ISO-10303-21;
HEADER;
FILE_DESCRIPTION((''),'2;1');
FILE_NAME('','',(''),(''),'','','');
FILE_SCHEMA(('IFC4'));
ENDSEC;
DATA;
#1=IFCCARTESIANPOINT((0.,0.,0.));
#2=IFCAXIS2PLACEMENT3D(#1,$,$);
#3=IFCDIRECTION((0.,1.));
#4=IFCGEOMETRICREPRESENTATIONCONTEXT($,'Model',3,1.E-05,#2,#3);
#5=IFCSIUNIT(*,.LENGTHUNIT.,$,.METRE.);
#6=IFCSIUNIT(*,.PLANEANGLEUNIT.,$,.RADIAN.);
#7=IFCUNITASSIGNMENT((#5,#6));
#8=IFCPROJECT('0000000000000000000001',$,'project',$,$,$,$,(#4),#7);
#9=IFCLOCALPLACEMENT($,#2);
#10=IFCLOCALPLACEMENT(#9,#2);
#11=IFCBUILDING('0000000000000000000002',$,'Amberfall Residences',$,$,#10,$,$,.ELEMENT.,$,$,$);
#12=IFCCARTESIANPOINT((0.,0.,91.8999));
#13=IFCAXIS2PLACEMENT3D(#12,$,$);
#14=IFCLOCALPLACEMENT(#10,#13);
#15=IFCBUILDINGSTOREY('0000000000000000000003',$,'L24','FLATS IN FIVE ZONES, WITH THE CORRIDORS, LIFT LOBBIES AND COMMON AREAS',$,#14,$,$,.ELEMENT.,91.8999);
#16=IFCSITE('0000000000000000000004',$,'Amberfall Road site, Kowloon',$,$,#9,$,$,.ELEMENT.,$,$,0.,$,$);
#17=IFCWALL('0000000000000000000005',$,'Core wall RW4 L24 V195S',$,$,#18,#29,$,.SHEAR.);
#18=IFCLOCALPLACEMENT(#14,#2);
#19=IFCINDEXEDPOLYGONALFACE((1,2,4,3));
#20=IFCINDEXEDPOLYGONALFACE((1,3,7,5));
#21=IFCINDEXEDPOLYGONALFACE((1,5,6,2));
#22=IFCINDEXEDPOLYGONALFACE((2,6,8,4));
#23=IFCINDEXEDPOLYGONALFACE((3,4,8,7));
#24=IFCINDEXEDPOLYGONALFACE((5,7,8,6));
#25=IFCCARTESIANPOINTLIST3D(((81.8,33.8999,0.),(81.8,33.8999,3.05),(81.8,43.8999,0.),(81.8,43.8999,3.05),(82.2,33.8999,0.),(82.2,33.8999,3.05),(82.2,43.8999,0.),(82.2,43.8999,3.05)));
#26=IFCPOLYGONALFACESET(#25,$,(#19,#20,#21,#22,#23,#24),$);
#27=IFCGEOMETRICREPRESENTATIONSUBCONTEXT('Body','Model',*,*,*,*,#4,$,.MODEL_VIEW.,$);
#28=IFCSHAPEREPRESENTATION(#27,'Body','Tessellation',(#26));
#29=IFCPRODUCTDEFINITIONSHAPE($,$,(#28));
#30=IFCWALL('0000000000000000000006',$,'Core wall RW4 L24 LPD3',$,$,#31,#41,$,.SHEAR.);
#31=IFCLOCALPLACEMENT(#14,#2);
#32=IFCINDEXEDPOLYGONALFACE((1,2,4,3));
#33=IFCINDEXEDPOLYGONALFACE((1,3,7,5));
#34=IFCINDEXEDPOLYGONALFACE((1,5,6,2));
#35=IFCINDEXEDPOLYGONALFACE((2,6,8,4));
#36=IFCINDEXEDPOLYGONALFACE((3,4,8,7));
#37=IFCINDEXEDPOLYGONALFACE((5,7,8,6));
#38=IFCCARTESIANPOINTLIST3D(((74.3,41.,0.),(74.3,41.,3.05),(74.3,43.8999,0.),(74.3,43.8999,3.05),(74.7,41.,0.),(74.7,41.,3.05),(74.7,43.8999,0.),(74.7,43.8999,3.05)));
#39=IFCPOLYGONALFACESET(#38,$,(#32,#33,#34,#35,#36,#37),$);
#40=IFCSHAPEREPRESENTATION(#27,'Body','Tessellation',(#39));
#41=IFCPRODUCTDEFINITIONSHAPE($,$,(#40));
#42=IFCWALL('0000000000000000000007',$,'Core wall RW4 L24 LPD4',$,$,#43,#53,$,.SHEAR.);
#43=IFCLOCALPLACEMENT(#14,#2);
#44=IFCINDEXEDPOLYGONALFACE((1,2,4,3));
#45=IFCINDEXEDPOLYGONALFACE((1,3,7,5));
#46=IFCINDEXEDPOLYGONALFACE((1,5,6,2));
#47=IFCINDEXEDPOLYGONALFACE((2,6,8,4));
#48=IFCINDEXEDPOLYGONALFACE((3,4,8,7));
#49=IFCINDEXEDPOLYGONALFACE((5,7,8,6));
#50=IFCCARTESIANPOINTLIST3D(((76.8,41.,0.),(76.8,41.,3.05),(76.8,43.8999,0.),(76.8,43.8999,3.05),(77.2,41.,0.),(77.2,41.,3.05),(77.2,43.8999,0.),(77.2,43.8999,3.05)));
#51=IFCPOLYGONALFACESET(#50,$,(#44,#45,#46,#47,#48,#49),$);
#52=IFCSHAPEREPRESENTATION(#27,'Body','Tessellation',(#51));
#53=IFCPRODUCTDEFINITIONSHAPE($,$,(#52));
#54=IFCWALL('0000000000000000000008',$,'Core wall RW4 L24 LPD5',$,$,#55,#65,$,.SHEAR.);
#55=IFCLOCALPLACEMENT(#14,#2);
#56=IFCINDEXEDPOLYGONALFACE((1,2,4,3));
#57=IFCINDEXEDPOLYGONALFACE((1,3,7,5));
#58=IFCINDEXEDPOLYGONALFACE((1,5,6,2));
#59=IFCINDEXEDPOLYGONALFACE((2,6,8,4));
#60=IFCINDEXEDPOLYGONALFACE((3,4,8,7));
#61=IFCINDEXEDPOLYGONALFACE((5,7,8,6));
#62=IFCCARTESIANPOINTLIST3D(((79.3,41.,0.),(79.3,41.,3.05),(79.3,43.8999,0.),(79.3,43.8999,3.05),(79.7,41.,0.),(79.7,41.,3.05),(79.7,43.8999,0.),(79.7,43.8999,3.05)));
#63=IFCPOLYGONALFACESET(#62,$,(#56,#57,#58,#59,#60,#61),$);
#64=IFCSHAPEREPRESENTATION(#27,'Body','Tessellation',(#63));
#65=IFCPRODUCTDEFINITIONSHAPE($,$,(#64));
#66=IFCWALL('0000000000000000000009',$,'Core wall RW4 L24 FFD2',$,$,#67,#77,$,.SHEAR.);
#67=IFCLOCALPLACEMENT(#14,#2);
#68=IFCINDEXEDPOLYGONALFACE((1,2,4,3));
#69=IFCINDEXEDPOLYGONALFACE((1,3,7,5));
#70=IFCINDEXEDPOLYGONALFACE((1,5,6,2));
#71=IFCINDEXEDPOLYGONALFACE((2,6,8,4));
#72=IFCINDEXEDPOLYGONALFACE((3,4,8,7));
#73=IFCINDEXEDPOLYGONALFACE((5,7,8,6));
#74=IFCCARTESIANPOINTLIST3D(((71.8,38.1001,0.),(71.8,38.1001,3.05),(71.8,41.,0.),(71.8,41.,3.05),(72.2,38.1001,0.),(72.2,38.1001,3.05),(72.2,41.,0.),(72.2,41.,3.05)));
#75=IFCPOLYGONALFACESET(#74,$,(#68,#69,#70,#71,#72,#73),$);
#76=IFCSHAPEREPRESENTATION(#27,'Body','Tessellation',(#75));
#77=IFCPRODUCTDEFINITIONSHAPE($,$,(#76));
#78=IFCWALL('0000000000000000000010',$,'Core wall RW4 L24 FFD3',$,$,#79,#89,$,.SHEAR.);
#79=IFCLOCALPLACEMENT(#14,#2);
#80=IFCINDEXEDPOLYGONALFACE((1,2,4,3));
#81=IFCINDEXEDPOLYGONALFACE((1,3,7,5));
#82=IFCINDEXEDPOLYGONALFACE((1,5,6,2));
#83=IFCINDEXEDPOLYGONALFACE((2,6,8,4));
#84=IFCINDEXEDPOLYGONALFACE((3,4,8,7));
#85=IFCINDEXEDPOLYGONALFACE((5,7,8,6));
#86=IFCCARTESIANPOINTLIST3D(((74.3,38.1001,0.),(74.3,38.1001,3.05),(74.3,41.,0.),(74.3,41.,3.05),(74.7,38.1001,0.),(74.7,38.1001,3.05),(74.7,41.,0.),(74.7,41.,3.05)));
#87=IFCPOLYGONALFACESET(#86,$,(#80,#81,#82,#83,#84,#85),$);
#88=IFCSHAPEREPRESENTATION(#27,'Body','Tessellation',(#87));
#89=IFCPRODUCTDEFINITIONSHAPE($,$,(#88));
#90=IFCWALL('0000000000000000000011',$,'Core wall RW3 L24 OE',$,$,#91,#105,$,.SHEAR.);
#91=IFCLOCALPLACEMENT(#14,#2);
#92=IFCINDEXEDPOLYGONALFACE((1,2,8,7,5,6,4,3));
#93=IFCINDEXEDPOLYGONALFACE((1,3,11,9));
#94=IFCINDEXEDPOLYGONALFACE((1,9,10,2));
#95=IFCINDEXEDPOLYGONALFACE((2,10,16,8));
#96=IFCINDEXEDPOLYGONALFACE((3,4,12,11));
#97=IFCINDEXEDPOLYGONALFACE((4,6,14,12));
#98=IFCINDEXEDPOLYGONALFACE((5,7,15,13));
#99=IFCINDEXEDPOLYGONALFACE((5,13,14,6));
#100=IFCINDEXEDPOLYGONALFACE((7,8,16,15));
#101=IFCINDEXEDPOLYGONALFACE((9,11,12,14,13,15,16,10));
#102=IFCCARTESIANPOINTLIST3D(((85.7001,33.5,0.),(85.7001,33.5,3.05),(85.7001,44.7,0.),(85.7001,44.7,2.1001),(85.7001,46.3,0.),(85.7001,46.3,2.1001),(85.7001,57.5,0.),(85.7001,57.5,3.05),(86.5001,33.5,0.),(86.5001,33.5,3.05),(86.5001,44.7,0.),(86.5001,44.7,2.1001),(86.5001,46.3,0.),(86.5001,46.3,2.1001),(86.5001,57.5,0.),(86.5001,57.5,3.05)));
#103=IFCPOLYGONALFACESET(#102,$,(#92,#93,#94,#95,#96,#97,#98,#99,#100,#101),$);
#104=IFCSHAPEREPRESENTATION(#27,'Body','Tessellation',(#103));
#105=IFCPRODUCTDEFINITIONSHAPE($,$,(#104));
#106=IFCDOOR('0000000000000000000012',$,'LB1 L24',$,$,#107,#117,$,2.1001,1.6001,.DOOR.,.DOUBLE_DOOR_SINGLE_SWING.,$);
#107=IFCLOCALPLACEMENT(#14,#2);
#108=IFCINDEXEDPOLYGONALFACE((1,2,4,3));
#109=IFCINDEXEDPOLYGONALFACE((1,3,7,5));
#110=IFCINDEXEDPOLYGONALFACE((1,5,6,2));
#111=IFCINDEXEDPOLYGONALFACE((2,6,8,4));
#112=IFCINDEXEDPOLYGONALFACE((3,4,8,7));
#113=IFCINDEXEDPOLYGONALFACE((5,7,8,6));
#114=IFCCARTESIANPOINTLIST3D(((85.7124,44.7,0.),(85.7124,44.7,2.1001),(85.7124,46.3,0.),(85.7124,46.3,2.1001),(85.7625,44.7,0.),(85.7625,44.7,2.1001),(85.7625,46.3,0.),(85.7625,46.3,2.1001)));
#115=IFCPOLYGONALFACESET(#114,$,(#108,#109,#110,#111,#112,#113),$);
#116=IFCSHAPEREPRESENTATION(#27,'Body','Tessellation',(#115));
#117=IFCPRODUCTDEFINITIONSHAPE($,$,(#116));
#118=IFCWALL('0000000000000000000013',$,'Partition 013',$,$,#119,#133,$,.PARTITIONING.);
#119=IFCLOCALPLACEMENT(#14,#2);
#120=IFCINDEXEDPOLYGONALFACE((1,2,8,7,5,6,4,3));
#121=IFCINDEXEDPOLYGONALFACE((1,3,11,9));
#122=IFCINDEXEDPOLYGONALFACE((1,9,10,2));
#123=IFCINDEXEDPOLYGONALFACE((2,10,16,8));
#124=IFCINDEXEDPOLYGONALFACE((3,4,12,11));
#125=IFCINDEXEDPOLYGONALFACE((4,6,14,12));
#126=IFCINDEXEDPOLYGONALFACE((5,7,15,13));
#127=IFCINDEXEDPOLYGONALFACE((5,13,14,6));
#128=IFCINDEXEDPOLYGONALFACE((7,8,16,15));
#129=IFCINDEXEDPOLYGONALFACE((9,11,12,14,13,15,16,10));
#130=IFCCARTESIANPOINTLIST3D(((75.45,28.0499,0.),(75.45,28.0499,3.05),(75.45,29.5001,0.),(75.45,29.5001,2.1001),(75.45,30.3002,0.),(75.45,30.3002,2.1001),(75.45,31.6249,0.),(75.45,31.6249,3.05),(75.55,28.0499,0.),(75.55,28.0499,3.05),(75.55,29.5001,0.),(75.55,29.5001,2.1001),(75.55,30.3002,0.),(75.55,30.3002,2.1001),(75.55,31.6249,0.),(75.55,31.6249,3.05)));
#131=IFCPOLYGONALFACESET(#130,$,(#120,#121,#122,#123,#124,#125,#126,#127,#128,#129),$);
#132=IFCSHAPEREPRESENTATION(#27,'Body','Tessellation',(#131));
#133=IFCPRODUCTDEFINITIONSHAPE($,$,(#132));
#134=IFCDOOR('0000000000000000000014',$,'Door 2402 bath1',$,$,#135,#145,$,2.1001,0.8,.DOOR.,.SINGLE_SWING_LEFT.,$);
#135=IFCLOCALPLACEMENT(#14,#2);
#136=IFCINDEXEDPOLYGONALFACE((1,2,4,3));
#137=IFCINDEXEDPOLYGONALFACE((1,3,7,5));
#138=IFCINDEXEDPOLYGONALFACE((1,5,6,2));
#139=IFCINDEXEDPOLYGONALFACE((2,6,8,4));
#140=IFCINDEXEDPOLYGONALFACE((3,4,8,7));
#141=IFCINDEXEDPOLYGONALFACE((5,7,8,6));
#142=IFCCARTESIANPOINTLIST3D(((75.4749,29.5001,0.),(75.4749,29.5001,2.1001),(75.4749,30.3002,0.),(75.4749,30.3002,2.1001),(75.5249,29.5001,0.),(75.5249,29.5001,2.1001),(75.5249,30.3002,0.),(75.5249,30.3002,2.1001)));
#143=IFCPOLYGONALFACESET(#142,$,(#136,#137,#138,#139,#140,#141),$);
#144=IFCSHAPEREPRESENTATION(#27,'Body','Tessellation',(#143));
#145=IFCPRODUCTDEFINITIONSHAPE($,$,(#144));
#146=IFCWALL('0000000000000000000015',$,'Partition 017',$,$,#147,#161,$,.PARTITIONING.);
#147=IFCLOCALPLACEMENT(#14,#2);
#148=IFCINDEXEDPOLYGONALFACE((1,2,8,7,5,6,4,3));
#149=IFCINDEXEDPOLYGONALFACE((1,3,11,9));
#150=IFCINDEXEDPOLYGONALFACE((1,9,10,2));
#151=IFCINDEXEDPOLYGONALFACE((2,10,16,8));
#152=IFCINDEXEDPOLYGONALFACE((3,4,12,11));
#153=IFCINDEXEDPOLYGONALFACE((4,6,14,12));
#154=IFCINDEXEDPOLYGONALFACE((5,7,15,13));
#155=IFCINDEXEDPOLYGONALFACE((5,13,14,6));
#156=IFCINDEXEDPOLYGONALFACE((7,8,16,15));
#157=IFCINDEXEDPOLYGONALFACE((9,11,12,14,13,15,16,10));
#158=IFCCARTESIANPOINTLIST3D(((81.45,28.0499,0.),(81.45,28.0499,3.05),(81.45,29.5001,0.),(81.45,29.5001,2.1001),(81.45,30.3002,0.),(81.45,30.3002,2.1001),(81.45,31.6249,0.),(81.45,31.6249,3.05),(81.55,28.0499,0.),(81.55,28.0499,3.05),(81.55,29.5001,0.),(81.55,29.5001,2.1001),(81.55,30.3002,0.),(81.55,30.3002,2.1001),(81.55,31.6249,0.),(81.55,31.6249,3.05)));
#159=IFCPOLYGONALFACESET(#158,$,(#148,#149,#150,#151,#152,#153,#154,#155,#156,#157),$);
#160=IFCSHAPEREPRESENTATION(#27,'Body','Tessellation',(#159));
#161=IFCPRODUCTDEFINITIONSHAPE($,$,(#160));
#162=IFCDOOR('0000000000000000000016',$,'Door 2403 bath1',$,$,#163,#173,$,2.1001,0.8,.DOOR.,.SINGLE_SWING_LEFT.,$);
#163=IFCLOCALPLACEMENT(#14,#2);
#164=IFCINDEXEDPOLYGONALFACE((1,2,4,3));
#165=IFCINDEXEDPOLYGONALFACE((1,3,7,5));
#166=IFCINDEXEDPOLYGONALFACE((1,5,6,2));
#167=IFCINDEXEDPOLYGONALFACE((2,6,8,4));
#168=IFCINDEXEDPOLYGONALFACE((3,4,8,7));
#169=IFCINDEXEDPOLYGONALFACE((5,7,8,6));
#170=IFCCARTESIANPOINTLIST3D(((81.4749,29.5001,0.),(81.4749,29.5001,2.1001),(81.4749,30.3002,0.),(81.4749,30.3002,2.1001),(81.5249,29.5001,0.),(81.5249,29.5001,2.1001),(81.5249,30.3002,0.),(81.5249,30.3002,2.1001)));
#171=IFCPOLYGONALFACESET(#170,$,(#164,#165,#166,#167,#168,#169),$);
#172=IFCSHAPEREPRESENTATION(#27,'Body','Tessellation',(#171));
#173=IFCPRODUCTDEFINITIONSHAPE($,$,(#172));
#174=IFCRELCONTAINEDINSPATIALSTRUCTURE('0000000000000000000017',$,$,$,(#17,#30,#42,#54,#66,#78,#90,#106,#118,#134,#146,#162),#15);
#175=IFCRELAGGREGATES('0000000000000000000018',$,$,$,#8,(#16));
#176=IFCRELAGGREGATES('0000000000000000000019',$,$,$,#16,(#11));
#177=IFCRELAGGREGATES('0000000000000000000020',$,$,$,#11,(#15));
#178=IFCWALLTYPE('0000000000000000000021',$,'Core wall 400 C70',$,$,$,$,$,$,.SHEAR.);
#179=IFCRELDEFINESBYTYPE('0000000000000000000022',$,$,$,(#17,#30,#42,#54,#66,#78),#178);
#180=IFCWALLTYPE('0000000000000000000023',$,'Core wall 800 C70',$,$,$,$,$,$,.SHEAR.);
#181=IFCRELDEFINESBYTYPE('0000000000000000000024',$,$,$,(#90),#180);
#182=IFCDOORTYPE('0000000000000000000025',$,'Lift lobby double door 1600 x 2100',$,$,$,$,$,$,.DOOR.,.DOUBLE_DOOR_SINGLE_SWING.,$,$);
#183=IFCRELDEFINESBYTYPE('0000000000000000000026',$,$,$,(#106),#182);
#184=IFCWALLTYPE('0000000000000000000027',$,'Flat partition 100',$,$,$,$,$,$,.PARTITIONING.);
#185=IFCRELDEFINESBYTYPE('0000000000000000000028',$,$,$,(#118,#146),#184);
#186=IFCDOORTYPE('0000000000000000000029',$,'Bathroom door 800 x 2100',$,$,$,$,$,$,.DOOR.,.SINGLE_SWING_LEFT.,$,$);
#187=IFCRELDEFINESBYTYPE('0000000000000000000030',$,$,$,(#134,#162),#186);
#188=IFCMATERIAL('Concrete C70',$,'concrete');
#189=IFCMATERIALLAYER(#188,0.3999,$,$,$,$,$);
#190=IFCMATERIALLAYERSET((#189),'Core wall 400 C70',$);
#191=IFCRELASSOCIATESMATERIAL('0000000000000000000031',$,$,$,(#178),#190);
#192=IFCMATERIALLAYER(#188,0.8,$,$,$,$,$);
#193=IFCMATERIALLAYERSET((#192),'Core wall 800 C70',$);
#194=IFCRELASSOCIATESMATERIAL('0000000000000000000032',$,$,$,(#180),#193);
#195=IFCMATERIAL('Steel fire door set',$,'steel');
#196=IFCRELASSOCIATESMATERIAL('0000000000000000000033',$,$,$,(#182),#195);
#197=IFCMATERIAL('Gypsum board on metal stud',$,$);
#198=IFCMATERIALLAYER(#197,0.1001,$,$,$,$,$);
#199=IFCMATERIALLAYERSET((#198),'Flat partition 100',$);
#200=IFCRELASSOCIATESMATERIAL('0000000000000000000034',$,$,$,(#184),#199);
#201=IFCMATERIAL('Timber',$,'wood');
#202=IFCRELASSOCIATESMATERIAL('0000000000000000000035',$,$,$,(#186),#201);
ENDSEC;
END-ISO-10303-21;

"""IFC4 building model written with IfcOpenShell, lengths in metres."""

from ifc_helpers import new_model, si_unit, direction, frame, frame_2d, origin, place, context, subcontext, project, spatial, rectangle, extrude, material, layer, layer_set, type_object, element, fill, save


model = new_model("IFC4")

# Units and contexts
model_context = context("Model", 3, precision=1e-05, world=origin(), true_north=direction((0.0, 1.0)))
body_context = subcontext(model_context, "Body", "Model", "MODEL_VIEW")
ifc_project = project(units=[si_unit("LENGTHUNIT", "METRE"), si_unit("PLANEANGLEUNIT", "RADIAN")], contexts=[model_context])

# Site, building, storey
site_placement = place(None, origin())
site = spatial("IfcSite", under=ifc_project, at=site_placement, Name="Amberfall Road site, Kowloon", CompositionType="ELEMENT", RefElevation=0.0)
building_placement = place(site_placement, origin())
building = spatial("IfcBuilding", under=site, at=building_placement, Name="Amberfall Residences", CompositionType="ELEMENT")
storey_placement = place(building_placement, frame((0.0, 0.0, 91.8999)))
storey = spatial("IfcBuildingStorey", under=building, at=storey_placement, Name="L24", Description="FLATS IN FIVE ZONES, WITH THE CORRIDORS, LIFT LOBBIES AND COMMON AREAS", CompositionType="ELEMENT", Elevation=91.8999)

# Walls
ifc_material_1 = material(Name="Concrete C70", Category="concrete")
ifc_layer_1 = layer(ifc_material_1, 0.3999)
ifc_layer_set_1 = layer_set([ifc_layer_1], Name="Core wall 400 C70")
wall_type_1 = type_object("IfcWallType", Name="Core wall 400 C70", PredefinedType="SHEAR", material=ifc_layer_set_1)
wall_1_placement = place(storey_placement, frame((82.0, 33.8999, 0.0), z_axis=(0.0, 0.0, 1.0), x_axis=(0.0, 1.0, 0.0)))
element("IfcWall", 1, at=wall_1_placement, inside=storey, type_object=wall_type_1, Name="Core wall RW4 L24 V195S", PredefinedType="SHEAR", context=body_context, shape_type="SweptSolid", body=[
    extrude(rectangle(XDim=10.0, YDim=0.3999, at=frame_2d((5.0, 0.0))), origin(), (0.0, 0.0, 1.0), 3.05),
])
for number, where, z_axis, x_axis, name in (
    (2, (74.5, 41.0, 0.0), (0.0, 0.0, 1.0), (0.0, 1.0, 0.0), "Core wall RW4 L24 LPD3"),
    (3, (77.0, 41.0, 0.0), (0.0, 0.0, 1.0), (0.0, 1.0, 0.0), "Core wall RW4 L24 LPD4"),
    (4, (79.5, 41.0, 0.0), (0.0, 0.0, 1.0), (0.0, 1.0, 0.0), "Core wall RW4 L24 LPD5"),
    (5, (72.0, 38.1001, 0.0), (0.0, 0.0, 1.0), (0.0, 1.0, 0.0), "Core wall RW4 L24 FFD2"),
    (6, (74.5, 38.1001, 0.0), (0.0, 0.0, 1.0), (0.0, 1.0, 0.0), "Core wall RW4 L24 FFD3"),
):
    element("IfcWall", number, at=place(storey_placement, frame(where, z_axis=z_axis, x_axis=x_axis)), inside=storey, type_object=wall_type_1, Name=name, PredefinedType="SHEAR", context=body_context, shape_type="SweptSolid", body=[
        extrude(rectangle(XDim=2.8999, YDim=0.3999, at=frame_2d((1.45, 0.0))), origin(), (0.0, 0.0, 1.0), 3.05),
    ])

# Walls, openings, doors
ifc_layer_2 = layer(ifc_material_1, 0.8)
ifc_layer_set_2 = layer_set([ifc_layer_2], Name="Core wall 800 C70")
wall_type_2 = type_object("IfcWallType", Name="Core wall 800 C70", PredefinedType="SHEAR", material=ifc_layer_set_2)
wall_2_placement = place(storey_placement, frame((86.1001, 33.5, 0.0), z_axis=(0.0, 0.0, 1.0), x_axis=(0.0, 1.0, 0.0)))
wall_2 = element("IfcWall", 7, at=wall_2_placement, inside=storey, type_object=wall_type_2, Name="Core wall RW3 L24 OE", PredefinedType="SHEAR", context=body_context, shape_type="SweptSolid", body=[
    extrude(rectangle(XDim=24.0, YDim=0.8, at=frame_2d((12.0, 0.0))), origin(), (0.0, 0.0, 1.0), 3.05),
])
opening_1_placement = place(wall_2_placement, frame((11.2, 0.0, 0.0)))
opening_1 = element("IfcOpeningElement", 8, at=opening_1_placement, cuts=wall_2, PredefinedType="OPENING", context=body_context, shape_type="SweptSolid", body=[
    extrude(rectangle(XDim=1.6001, YDim=2.1001, at=frame_2d((0.8, 1.05))), frame((0.0, 0.4099, 0.0), z_axis=(0.0, -1.0, 0.0), x_axis=(1.0, 0.0, 0.0)), (0.0, 0.0, 1.0), 0.8201),
])
ifc_material_2 = material(Name="Steel fire door set", Category="steel")
door_type_1 = type_object("IfcDoorType", Name="Lift lobby double door 1600 x 2100", OperationType="DOUBLE_DOOR_SINGLE_SWING", PredefinedType="DOOR", material=ifc_material_2)
door_1_placement = place(opening_1_placement, origin())
door_1 = element("IfcDoor", 9, at=door_1_placement, inside=storey, type_object=door_type_1, Name="LB1 L24", OperationType="DOUBLE_DOOR_SINGLE_SWING", OverallHeight=2.1001, OverallWidth=1.6001, PredefinedType="DOOR", context=body_context, shape_type="SweptSolid", body=[
    extrude(rectangle(XDim=1.6001, YDim=2.1001, at=frame_2d((0.8, 1.05))), frame((0.0, 0.3877, 0.0), z_axis=(0.0, -1.0, 0.0), x_axis=(1.0, 0.0, 0.0)), (0.0, 0.0, 1.0), 0.05),
])
fill(opening_1, door_1)
ifc_material_3 = material(Name="Gypsum board on metal stud")
ifc_layer_3 = layer(ifc_material_3, 0.1001)
ifc_layer_set_3 = layer_set([ifc_layer_3], Name="Flat partition 100")
wall_type_3 = type_object("IfcWallType", Name="Flat partition 100", PredefinedType="PARTITIONING", material=ifc_layer_set_3)
wall_3_placement = place(storey_placement, frame((75.5, 31.625, 0.0), z_axis=(0.0, 0.0, 1.0), x_axis=(0.0, -1.0, 0.0)))
wall_3 = element("IfcWall", 10, at=wall_3_placement, inside=storey, type_object=wall_type_3, Name="Partition 013", PredefinedType="PARTITIONING", context=body_context, shape_type="SweptSolid", body=[
    extrude(rectangle(XDim=3.575, YDim=0.1001, at=frame_2d((1.7876, 0.0))), origin(), (0.0, 0.0, 1.0), 3.05),
])
opening_2_placement = place(wall_3_placement, frame((1.325, 0.0, 0.0)))
opening_2 = element("IfcOpeningElement", 11, at=opening_2_placement, cuts=wall_3, PredefinedType="OPENING", context=body_context, shape_type="SweptSolid", body=[
    extrude(rectangle(XDim=0.8, YDim=2.1001, at=frame_2d((0.3999, 1.05))), frame((0.0, 0.0601, 0.0), z_axis=(0.0, -1.0, 0.0), x_axis=(1.0, 0.0, 0.0)), (0.0, 0.0, 1.0), 0.1201),
])
ifc_material_4 = material(Name="Timber", Category="wood")
door_type_2 = type_object("IfcDoorType", Name="Bathroom door 800 x 2100", OperationType="SINGLE_SWING_LEFT", PredefinedType="DOOR", material=ifc_material_4)
door_2_placement = place(opening_2_placement, origin())
door_2 = element("IfcDoor", 12, at=door_2_placement, inside=storey, type_object=door_type_2, Name="Door 2402 bath1", OperationType="SINGLE_SWING_LEFT", OverallHeight=2.1001, OverallWidth=0.8, PredefinedType="DOOR", context=body_context, shape_type="SweptSolid", body=[
    extrude(rectangle(XDim=0.8, YDim=2.1001, at=frame_2d((0.3999, 1.05))), frame((0.0, 0.0249, 0.0), z_axis=(0.0, -1.0, 0.0), x_axis=(1.0, 0.0, 0.0)), (0.0, 0.0, 1.0), 0.05),
])
fill(opening_2, door_2)
wall_4_placement = place(storey_placement, frame((81.5, 31.625, 0.0), z_axis=(0.0, 0.0, 1.0), x_axis=(0.0, -1.0, 0.0)))
wall_4 = element("IfcWall", 13, at=wall_4_placement, inside=storey, type_object=wall_type_3, Name="Partition 017", PredefinedType="PARTITIONING", context=body_context, shape_type="SweptSolid", body=[
    extrude(rectangle(XDim=3.575, YDim=0.1001, at=frame_2d((1.7876, 0.0))), origin(), (0.0, 0.0, 1.0), 3.05),
])
opening_3_placement = place(wall_4_placement, frame((1.325, 0.0, 0.0)))
opening_3 = element("IfcOpeningElement", 14, at=opening_3_placement, cuts=wall_4, PredefinedType="OPENING", context=body_context, shape_type="SweptSolid", body=[
    extrude(rectangle(XDim=0.8, YDim=2.1001, at=frame_2d((0.3999, 1.05))), frame((0.0, 0.0601, 0.0), z_axis=(0.0, -1.0, 0.0), x_axis=(1.0, 0.0, 0.0)), (0.0, 0.0, 1.0), 0.1201),
])
door_3_placement = place(opening_3_placement, origin())
door_3 = element("IfcDoor", 15, at=door_3_placement, inside=storey, type_object=door_type_2, Name="Door 2403 bath1", OperationType="SINGLE_SWING_LEFT", OverallHeight=2.1001, OverallWidth=0.8, PredefinedType="DOOR", context=body_context, shape_type="SweptSolid", body=[
    extrude(rectangle(XDim=0.8, YDim=2.1001, at=frame_2d((0.3999, 1.05))), frame((0.0, 0.0249, 0.0), z_axis=(0.0, -1.0, 0.0), x_axis=(1.0, 0.0, 0.0)), (0.0, 0.0, 1.0), 0.05),
])
fill(opening_3, door_3)

save(model, "model.ifc")
